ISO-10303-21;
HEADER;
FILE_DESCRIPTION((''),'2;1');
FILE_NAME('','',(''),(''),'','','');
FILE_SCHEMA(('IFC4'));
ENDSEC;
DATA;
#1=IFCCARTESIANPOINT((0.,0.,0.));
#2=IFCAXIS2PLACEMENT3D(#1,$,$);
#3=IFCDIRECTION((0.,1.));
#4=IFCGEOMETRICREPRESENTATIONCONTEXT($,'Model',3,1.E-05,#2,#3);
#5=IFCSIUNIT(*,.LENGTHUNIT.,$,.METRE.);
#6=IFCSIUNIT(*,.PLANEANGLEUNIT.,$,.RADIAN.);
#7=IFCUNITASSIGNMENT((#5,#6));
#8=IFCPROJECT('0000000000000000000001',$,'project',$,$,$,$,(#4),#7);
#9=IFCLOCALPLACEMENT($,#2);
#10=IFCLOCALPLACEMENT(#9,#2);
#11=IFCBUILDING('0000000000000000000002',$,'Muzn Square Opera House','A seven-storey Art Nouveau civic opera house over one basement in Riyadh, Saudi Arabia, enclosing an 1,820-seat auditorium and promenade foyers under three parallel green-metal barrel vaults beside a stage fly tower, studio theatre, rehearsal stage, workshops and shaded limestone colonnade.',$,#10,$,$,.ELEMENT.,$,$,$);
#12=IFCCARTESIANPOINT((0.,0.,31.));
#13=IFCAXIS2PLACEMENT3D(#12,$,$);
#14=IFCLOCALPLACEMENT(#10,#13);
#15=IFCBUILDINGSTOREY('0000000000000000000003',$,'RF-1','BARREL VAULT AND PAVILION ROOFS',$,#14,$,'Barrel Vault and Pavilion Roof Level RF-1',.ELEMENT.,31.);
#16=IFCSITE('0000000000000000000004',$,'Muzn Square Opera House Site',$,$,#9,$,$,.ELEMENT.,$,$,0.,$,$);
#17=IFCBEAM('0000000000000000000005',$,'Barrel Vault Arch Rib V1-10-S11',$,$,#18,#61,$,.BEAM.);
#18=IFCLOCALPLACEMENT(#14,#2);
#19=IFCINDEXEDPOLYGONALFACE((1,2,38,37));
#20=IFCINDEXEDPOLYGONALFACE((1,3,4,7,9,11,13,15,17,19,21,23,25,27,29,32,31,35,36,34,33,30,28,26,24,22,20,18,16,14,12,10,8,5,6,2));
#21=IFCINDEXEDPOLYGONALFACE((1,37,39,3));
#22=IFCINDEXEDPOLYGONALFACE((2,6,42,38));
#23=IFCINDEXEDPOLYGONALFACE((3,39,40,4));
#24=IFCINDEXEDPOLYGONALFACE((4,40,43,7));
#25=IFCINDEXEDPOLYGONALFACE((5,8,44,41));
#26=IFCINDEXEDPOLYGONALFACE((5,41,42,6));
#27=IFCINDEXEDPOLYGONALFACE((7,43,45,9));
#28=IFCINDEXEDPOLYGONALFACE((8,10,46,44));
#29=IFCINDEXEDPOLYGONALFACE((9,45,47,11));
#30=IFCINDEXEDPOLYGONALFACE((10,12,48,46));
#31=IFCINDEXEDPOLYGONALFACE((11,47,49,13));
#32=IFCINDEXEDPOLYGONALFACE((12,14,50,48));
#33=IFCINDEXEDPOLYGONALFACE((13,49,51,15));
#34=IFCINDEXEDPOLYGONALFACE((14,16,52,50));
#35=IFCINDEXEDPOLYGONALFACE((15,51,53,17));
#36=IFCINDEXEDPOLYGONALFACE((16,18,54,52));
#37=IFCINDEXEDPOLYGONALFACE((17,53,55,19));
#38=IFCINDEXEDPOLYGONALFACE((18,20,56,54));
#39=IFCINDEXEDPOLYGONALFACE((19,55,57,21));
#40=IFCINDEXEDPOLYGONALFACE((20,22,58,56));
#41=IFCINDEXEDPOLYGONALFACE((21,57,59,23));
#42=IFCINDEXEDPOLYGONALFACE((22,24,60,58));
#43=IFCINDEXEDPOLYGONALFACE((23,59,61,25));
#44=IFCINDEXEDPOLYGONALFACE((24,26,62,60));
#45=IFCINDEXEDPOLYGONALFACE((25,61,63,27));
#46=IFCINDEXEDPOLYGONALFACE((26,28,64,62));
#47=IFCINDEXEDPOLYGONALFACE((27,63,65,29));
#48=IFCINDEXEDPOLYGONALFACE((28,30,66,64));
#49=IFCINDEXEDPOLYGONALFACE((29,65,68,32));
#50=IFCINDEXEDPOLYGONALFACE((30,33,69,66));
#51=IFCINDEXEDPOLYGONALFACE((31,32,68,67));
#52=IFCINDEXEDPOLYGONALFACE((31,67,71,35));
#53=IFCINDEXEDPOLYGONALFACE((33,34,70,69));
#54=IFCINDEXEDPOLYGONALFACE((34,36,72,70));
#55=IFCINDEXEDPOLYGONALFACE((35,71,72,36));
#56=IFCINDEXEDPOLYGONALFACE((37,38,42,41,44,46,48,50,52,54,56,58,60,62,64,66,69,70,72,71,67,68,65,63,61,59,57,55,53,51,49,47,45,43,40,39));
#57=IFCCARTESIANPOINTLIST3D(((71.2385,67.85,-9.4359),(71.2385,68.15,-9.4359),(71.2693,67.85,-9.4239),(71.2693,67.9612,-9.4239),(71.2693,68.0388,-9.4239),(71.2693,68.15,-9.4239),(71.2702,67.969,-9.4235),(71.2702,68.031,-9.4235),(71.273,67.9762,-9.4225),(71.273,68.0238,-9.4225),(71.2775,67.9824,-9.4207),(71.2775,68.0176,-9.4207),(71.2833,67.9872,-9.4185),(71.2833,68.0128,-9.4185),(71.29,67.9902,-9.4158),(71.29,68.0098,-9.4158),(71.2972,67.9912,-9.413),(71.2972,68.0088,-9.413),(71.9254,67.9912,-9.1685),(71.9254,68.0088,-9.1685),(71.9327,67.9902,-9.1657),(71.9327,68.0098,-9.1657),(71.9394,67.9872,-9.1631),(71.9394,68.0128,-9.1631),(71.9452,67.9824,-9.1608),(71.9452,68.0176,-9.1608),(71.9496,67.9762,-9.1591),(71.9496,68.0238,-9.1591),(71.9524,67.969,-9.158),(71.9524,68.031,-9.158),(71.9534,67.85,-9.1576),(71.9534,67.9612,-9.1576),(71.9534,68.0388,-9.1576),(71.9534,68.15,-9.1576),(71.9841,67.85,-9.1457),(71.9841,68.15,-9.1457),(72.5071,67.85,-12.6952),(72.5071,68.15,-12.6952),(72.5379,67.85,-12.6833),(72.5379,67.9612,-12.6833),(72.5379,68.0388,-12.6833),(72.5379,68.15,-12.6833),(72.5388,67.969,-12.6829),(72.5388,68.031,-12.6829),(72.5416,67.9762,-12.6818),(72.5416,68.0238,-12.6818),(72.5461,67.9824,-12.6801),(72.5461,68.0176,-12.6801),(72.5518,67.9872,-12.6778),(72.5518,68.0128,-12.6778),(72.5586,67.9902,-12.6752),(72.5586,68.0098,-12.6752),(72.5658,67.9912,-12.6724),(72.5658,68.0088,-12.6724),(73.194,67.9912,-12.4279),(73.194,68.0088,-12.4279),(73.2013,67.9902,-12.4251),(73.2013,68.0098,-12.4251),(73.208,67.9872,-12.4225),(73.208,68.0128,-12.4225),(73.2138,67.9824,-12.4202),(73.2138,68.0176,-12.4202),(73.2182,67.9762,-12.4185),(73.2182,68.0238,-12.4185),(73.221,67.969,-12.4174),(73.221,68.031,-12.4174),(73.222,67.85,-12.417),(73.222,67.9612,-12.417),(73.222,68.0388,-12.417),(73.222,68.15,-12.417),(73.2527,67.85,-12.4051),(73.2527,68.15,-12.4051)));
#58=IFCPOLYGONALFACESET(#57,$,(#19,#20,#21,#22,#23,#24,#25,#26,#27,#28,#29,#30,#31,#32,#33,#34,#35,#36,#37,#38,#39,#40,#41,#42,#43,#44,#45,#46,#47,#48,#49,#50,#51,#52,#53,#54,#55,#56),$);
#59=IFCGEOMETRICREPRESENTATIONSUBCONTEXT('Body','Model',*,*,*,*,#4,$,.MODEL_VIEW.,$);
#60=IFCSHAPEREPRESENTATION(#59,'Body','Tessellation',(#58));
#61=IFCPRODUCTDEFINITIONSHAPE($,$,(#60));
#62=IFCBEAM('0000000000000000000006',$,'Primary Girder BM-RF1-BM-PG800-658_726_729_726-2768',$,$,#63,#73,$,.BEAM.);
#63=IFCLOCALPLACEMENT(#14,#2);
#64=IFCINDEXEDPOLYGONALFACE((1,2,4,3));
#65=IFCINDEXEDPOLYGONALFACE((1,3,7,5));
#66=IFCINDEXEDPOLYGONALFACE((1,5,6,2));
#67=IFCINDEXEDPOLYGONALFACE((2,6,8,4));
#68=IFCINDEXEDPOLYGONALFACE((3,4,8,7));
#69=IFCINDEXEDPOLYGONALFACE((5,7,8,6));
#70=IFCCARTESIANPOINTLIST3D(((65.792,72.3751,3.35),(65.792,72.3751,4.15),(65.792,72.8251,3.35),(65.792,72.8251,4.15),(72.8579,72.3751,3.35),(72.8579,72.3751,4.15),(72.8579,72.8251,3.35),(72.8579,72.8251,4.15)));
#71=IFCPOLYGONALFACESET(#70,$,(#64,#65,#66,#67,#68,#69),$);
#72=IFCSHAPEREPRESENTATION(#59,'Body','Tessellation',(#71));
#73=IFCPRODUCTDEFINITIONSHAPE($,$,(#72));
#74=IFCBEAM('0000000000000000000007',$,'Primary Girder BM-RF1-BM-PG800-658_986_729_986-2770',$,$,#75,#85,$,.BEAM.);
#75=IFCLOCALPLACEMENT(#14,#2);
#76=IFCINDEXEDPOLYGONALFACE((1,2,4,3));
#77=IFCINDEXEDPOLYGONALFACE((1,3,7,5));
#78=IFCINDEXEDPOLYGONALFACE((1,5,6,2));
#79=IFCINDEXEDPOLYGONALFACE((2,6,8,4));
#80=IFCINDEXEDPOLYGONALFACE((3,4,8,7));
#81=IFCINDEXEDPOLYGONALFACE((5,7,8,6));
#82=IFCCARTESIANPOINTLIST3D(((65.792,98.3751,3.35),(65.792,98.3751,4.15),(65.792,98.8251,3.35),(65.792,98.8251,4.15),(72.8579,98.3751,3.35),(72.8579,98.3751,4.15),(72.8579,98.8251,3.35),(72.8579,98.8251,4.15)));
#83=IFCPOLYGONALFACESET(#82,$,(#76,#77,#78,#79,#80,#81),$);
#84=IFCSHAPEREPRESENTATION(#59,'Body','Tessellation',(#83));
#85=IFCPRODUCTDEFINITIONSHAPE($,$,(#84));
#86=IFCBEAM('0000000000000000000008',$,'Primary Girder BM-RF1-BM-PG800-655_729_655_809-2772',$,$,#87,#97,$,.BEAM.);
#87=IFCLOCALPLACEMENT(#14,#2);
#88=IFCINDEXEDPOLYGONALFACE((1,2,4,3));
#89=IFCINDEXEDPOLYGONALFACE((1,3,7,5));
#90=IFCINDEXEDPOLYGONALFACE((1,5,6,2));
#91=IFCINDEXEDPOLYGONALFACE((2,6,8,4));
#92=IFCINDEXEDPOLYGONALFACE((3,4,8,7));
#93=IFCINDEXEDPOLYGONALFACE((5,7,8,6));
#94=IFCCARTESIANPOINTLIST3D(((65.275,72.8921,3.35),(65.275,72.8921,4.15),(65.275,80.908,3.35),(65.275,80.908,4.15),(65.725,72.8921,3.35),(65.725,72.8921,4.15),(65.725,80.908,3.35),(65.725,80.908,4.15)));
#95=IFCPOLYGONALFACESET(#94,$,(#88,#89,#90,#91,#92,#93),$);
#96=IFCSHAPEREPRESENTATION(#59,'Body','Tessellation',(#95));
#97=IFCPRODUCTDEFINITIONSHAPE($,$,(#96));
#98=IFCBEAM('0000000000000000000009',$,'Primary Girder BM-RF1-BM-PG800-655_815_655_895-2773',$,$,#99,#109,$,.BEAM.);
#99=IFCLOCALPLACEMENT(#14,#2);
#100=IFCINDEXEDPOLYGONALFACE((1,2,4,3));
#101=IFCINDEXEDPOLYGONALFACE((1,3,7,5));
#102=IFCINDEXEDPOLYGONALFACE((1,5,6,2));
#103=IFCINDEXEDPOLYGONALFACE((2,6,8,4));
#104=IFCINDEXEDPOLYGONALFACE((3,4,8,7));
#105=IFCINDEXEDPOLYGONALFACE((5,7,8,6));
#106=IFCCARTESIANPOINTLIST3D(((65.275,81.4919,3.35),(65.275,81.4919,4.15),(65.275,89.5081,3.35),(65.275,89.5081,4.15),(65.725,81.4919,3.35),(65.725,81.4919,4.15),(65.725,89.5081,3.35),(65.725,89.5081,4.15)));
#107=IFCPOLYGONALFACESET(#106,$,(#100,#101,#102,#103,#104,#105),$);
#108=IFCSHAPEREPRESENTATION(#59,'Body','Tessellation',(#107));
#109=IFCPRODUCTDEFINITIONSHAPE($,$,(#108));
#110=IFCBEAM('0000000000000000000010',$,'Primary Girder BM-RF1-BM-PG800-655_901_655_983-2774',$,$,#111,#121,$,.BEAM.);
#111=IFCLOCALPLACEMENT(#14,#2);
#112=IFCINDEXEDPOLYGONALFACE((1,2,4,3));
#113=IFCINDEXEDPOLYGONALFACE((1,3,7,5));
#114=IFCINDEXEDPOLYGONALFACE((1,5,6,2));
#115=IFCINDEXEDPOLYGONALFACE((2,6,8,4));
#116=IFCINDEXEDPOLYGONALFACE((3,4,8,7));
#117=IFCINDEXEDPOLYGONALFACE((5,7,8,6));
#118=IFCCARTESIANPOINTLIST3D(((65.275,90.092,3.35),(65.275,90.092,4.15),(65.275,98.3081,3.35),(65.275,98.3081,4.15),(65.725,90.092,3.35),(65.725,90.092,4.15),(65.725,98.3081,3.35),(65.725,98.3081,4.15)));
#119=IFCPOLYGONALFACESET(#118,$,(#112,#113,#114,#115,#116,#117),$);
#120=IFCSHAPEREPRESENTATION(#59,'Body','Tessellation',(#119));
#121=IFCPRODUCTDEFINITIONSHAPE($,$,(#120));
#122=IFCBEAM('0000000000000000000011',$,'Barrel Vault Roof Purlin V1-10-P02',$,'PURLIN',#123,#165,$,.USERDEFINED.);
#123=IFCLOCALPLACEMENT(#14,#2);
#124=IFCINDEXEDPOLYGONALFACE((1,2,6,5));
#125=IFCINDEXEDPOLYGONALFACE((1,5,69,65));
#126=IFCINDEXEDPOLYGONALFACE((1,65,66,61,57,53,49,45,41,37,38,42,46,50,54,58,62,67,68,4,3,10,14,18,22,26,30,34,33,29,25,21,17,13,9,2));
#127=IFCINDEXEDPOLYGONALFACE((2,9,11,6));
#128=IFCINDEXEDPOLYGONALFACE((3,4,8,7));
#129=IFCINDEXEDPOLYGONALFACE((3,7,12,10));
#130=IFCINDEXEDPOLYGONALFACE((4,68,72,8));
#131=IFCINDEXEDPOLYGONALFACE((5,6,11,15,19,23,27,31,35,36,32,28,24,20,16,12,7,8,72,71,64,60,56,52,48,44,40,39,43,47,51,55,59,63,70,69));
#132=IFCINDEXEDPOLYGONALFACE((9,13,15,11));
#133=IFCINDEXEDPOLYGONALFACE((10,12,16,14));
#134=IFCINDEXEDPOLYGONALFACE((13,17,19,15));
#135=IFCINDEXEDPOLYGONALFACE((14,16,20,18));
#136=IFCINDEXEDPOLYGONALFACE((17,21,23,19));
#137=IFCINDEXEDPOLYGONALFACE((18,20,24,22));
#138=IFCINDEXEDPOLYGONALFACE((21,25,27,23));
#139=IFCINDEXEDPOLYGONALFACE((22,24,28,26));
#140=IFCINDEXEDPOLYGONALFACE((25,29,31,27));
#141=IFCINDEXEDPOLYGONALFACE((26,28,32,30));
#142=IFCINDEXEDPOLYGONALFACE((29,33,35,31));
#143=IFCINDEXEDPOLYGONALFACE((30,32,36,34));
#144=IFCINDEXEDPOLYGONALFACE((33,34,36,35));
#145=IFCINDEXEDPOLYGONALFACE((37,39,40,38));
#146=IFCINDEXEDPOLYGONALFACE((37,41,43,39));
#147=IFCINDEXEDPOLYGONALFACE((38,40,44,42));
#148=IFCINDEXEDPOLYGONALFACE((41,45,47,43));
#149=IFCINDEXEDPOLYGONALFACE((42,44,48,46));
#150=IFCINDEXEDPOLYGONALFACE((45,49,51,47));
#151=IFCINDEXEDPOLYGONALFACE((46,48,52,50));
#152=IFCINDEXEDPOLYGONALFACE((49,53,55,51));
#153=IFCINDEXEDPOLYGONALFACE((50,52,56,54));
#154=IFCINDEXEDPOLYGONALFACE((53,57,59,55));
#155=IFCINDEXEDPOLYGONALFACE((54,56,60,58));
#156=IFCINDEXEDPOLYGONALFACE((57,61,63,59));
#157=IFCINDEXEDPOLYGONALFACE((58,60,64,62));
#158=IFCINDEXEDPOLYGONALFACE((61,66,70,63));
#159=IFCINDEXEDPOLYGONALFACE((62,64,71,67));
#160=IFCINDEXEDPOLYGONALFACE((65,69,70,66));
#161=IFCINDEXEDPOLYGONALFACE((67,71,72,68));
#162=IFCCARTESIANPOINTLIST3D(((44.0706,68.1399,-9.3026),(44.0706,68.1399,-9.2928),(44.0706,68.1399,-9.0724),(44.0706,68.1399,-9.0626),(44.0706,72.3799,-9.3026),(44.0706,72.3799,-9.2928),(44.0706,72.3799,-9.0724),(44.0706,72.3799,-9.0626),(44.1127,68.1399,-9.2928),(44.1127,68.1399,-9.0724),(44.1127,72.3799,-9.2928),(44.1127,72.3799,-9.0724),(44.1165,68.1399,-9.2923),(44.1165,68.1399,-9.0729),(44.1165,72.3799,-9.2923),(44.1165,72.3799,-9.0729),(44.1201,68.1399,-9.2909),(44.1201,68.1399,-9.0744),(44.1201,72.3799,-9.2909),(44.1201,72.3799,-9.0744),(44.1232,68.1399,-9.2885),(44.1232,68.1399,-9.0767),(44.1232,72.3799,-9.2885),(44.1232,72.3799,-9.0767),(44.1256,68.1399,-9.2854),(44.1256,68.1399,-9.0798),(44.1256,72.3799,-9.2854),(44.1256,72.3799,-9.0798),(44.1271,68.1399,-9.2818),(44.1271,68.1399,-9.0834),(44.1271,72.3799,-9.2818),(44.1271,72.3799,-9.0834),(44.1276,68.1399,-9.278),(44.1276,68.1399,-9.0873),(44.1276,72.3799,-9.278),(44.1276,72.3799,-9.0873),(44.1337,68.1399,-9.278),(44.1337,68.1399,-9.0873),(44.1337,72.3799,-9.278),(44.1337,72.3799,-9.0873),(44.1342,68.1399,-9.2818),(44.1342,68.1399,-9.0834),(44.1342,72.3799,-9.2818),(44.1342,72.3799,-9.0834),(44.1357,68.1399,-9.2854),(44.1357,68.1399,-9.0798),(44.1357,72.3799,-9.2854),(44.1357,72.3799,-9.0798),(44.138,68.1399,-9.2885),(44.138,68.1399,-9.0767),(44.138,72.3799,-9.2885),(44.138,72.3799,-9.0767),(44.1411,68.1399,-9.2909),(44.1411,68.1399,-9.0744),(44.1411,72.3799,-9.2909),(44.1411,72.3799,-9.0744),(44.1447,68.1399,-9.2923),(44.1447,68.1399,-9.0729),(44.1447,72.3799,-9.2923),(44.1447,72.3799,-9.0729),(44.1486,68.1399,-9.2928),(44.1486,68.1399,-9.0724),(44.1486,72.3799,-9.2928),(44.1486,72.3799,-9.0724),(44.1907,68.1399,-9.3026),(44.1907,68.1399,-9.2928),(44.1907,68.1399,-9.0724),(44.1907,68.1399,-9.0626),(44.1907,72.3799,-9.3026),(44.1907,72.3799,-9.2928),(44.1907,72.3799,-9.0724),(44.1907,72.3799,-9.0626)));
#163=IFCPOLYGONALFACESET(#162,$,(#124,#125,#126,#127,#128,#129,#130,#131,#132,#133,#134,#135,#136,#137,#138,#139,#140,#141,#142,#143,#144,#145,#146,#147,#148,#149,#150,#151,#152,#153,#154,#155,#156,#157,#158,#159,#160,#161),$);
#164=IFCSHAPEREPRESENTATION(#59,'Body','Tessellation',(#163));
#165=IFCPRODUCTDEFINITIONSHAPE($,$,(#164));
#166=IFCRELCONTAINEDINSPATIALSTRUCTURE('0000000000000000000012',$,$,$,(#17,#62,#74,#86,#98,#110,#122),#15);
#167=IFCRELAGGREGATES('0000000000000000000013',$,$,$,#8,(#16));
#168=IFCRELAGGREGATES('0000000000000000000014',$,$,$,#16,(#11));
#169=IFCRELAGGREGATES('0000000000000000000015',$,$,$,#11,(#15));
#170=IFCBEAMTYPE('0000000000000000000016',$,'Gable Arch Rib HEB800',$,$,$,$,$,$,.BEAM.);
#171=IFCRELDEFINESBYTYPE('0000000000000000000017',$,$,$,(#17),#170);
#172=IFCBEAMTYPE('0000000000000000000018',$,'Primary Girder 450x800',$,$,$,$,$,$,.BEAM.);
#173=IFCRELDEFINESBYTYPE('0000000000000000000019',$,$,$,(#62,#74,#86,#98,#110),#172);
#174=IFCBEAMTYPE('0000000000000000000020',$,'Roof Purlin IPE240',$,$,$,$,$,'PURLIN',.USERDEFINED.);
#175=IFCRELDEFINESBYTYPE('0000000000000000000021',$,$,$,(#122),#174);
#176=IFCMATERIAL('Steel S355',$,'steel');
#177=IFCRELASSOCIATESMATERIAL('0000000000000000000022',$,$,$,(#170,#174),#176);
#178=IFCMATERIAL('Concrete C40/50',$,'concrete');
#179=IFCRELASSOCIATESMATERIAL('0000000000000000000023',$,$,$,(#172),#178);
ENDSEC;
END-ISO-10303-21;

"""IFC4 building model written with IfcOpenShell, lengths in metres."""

from ifc_helpers import new_model, si_unit, direction, frame, origin, origin_2d, place, context, subcontext, project, spatial, rectangle, i_section, extrude, material, material_profile, profile_set, type_object, element, save


model = new_model("IFC4")

# Units and contexts
model_context = context("Model", 3, precision=1e-05, world=origin(), true_north=direction((0.0, 1.0)))
body_context = subcontext(model_context, "Body", "Model", "MODEL_VIEW")
ifc_project = project(units=[si_unit("LENGTHUNIT", "METRE"), si_unit("PLANEANGLEUNIT", "RADIAN")], contexts=[model_context])

# Site, building, storey
site_placement = place(None, origin())
site = spatial("IfcSite", under=ifc_project, at=site_placement, Name="Muzn Square Opera House Site", CompositionType="ELEMENT", RefElevation=0.0)
building_placement = place(site_placement, origin())
building = spatial("IfcBuilding", under=site, at=building_placement, Name="Muzn Square Opera House", Description="A seven-storey Art Nouveau civic opera house over one basement in Riyadh, Saudi Arabia, enclosing an 1,820-seat auditorium and promenade foyers under three parallel green-metal barrel vaults beside a stage fly tower, studio theatre, rehearsal stage, workshops and shaded limestone colonnade.", CompositionType="ELEMENT")
storey_placement = place(building_placement, frame((0.0, 0.0, 31.0)))
storey = spatial("IfcBuildingStorey", under=building, at=storey_placement, Name="RF-1", Description="BARREL VAULT AND PAVILION ROOFS", LongName="Barrel Vault and Pavilion Roof Level RF-1", CompositionType="ELEMENT", Elevation=31.0)

# Shared definitions
ifc_material_1 = material(Name="Steel S355", Category="steel")

# Beams
ifc_material_profile_1 = material_profile(ifc_material_1, i_section(OverallWidth=0.3, OverallDepth=0.8, WebThickness=0.0176, FlangeThickness=0.033, FilletRadius=0.03, at=origin_2d()), Name="HEB 800", Category="steel")
ifc_profile_set_1 = profile_set([ifc_material_profile_1], Name="Steel S355")
beam_type_1 = type_object("IfcBeamType", Name="Gable Arch Rib HEB800", PredefinedType="BEAM", material=ifc_profile_set_1)
beam_1_placement = place(storey_placement, frame((71.6113, 68.0, -9.2908), z_axis=(0.362709, 0.0, -0.931902), x_axis=(0.0, 1.0, 0.0)))
element("IfcBeam", 1, at=beam_1_placement, inside=storey, type_object=beam_type_1, Name="Barrel Vault Arch Rib V1-10-S11", PredefinedType="BEAM", context=body_context, shape_type="SweptSolid", body=[
    extrude(i_section(OverallWidth=0.3, OverallDepth=0.8, WebThickness=0.0176, FlangeThickness=0.033, FilletRadius=0.03, at=origin_2d()), origin(), (0.0, 0.0, 1.0), 3.4976),
])
ifc_material_2 = material(Name="Concrete C40/50", Category="concrete")
ifc_material_profile_2 = material_profile(ifc_material_2, rectangle(XDim=0.45, YDim=0.8, at=origin_2d()), Name="RCB 450x800", Category="concrete")
ifc_profile_set_2 = profile_set([ifc_material_profile_2], Name="Concrete C40/50")
beam_type_2 = type_object("IfcBeamType", Name="Primary Girder 450x800", PredefinedType="BEAM", material=ifc_profile_set_2)
for number, where, z_axis, x_axis, name in (
    (2, (65.792, 72.6001, 3.75), (1.0, 0.0, 0.0), (0.0, 1.0, 0.0), "Primary Girder BM-RF1-BM-PG800-658_726_729_726-2768"),
    (3, (65.792, 98.6001, 3.75), (1.0, 0.0, 0.0), (0.0, 1.0, 0.0), "Primary Girder BM-RF1-BM-PG800-658_986_729_986-2770"),
):
    element("IfcBeam", number, at=place(storey_placement, frame(where, z_axis=z_axis, x_axis=x_axis)), inside=storey, type_object=beam_type_2, Name=name, PredefinedType="BEAM", context=body_context, shape_type="SweptSolid", body=[
        extrude(rectangle(XDim=0.45, YDim=0.8, at=origin_2d()), origin(), (0.0, 0.0, 1.0), 7.0659),
    ])
beam_2_placement = place(storey_placement, frame((65.5, 72.8921, 3.75), z_axis=(0.0, 1.0, 0.0), x_axis=(-1.0, 0.0, 0.0)))
element("IfcBeam", 4, at=beam_2_placement, inside=storey, type_object=beam_type_2, Name="Primary Girder BM-RF1-BM-PG800-655_729_655_809-2772", PredefinedType="BEAM", context=body_context, shape_type="SweptSolid", body=[
    extrude(rectangle(XDim=0.45, YDim=0.8, at=origin_2d()), origin(), (0.0, 0.0, 1.0), 8.0159),
])
beam_3_placement = place(storey_placement, frame((65.5, 81.4919, 3.75), z_axis=(0.0, 1.0, 0.0), x_axis=(-1.0, 0.0, 0.0)))
element("IfcBeam", 5, at=beam_3_placement, inside=storey, type_object=beam_type_2, Name="Primary Girder BM-RF1-BM-PG800-655_815_655_895-2773", PredefinedType="BEAM", context=body_context, shape_type="SweptSolid", body=[
    extrude(rectangle(XDim=0.45, YDim=0.8, at=origin_2d()), origin(), (0.0, 0.0, 1.0), 8.0161),
])
beam_4_placement = place(storey_placement, frame((65.5, 90.092, 3.75), z_axis=(0.0, 1.0, 0.0), x_axis=(-1.0, 0.0, 0.0)))
element("IfcBeam", 6, at=beam_4_placement, inside=storey, type_object=beam_type_2, Name="Primary Girder BM-RF1-BM-PG800-655_901_655_983-2774", PredefinedType="BEAM", context=body_context, shape_type="SweptSolid", body=[
    extrude(rectangle(XDim=0.45, YDim=0.8, at=origin_2d()), origin(), (0.0, 0.0, 1.0), 8.2161),
])
ifc_material_profile_3 = material_profile(ifc_material_1, i_section(OverallWidth=0.1201, OverallDepth=0.24, WebThickness=0.0061, FlangeThickness=0.0098, FilletRadius=0.0149, at=origin_2d()), Name="IPE 240", Category="steel")
ifc_profile_set_3 = profile_set([ifc_material_profile_3], Name="Steel S355")
beam_type_3 = type_object("IfcBeamType", Name="Roof Purlin IPE240", ElementType="PURLIN", PredefinedType="USERDEFINED", material=ifc_profile_set_3)
for number, where, z_axis, x_axis, name in (
    (7, (44.1306, 68.1399, -9.1826), (0.0, 1.0, 0.0), (-1.0, 0.0, 0.0), "Barrel Vault Roof Purlin V1-10-P02"),
):
    element("IfcBeam", number, at=place(storey_placement, frame(where, z_axis=z_axis, x_axis=x_axis)), inside=storey, type_object=beam_type_3, Name=name, ObjectType="PURLIN", PredefinedType="USERDEFINED", context=body_context, shape_type="SweptSolid", body=[
        extrude(i_section(OverallWidth=0.1201, OverallDepth=0.24, WebThickness=0.0061, FlangeThickness=0.0098, FilletRadius=0.0149, at=origin_2d()), origin(), (0.0, 0.0, 1.0), 4.24),
    ])

save(model, "model.ifc")
